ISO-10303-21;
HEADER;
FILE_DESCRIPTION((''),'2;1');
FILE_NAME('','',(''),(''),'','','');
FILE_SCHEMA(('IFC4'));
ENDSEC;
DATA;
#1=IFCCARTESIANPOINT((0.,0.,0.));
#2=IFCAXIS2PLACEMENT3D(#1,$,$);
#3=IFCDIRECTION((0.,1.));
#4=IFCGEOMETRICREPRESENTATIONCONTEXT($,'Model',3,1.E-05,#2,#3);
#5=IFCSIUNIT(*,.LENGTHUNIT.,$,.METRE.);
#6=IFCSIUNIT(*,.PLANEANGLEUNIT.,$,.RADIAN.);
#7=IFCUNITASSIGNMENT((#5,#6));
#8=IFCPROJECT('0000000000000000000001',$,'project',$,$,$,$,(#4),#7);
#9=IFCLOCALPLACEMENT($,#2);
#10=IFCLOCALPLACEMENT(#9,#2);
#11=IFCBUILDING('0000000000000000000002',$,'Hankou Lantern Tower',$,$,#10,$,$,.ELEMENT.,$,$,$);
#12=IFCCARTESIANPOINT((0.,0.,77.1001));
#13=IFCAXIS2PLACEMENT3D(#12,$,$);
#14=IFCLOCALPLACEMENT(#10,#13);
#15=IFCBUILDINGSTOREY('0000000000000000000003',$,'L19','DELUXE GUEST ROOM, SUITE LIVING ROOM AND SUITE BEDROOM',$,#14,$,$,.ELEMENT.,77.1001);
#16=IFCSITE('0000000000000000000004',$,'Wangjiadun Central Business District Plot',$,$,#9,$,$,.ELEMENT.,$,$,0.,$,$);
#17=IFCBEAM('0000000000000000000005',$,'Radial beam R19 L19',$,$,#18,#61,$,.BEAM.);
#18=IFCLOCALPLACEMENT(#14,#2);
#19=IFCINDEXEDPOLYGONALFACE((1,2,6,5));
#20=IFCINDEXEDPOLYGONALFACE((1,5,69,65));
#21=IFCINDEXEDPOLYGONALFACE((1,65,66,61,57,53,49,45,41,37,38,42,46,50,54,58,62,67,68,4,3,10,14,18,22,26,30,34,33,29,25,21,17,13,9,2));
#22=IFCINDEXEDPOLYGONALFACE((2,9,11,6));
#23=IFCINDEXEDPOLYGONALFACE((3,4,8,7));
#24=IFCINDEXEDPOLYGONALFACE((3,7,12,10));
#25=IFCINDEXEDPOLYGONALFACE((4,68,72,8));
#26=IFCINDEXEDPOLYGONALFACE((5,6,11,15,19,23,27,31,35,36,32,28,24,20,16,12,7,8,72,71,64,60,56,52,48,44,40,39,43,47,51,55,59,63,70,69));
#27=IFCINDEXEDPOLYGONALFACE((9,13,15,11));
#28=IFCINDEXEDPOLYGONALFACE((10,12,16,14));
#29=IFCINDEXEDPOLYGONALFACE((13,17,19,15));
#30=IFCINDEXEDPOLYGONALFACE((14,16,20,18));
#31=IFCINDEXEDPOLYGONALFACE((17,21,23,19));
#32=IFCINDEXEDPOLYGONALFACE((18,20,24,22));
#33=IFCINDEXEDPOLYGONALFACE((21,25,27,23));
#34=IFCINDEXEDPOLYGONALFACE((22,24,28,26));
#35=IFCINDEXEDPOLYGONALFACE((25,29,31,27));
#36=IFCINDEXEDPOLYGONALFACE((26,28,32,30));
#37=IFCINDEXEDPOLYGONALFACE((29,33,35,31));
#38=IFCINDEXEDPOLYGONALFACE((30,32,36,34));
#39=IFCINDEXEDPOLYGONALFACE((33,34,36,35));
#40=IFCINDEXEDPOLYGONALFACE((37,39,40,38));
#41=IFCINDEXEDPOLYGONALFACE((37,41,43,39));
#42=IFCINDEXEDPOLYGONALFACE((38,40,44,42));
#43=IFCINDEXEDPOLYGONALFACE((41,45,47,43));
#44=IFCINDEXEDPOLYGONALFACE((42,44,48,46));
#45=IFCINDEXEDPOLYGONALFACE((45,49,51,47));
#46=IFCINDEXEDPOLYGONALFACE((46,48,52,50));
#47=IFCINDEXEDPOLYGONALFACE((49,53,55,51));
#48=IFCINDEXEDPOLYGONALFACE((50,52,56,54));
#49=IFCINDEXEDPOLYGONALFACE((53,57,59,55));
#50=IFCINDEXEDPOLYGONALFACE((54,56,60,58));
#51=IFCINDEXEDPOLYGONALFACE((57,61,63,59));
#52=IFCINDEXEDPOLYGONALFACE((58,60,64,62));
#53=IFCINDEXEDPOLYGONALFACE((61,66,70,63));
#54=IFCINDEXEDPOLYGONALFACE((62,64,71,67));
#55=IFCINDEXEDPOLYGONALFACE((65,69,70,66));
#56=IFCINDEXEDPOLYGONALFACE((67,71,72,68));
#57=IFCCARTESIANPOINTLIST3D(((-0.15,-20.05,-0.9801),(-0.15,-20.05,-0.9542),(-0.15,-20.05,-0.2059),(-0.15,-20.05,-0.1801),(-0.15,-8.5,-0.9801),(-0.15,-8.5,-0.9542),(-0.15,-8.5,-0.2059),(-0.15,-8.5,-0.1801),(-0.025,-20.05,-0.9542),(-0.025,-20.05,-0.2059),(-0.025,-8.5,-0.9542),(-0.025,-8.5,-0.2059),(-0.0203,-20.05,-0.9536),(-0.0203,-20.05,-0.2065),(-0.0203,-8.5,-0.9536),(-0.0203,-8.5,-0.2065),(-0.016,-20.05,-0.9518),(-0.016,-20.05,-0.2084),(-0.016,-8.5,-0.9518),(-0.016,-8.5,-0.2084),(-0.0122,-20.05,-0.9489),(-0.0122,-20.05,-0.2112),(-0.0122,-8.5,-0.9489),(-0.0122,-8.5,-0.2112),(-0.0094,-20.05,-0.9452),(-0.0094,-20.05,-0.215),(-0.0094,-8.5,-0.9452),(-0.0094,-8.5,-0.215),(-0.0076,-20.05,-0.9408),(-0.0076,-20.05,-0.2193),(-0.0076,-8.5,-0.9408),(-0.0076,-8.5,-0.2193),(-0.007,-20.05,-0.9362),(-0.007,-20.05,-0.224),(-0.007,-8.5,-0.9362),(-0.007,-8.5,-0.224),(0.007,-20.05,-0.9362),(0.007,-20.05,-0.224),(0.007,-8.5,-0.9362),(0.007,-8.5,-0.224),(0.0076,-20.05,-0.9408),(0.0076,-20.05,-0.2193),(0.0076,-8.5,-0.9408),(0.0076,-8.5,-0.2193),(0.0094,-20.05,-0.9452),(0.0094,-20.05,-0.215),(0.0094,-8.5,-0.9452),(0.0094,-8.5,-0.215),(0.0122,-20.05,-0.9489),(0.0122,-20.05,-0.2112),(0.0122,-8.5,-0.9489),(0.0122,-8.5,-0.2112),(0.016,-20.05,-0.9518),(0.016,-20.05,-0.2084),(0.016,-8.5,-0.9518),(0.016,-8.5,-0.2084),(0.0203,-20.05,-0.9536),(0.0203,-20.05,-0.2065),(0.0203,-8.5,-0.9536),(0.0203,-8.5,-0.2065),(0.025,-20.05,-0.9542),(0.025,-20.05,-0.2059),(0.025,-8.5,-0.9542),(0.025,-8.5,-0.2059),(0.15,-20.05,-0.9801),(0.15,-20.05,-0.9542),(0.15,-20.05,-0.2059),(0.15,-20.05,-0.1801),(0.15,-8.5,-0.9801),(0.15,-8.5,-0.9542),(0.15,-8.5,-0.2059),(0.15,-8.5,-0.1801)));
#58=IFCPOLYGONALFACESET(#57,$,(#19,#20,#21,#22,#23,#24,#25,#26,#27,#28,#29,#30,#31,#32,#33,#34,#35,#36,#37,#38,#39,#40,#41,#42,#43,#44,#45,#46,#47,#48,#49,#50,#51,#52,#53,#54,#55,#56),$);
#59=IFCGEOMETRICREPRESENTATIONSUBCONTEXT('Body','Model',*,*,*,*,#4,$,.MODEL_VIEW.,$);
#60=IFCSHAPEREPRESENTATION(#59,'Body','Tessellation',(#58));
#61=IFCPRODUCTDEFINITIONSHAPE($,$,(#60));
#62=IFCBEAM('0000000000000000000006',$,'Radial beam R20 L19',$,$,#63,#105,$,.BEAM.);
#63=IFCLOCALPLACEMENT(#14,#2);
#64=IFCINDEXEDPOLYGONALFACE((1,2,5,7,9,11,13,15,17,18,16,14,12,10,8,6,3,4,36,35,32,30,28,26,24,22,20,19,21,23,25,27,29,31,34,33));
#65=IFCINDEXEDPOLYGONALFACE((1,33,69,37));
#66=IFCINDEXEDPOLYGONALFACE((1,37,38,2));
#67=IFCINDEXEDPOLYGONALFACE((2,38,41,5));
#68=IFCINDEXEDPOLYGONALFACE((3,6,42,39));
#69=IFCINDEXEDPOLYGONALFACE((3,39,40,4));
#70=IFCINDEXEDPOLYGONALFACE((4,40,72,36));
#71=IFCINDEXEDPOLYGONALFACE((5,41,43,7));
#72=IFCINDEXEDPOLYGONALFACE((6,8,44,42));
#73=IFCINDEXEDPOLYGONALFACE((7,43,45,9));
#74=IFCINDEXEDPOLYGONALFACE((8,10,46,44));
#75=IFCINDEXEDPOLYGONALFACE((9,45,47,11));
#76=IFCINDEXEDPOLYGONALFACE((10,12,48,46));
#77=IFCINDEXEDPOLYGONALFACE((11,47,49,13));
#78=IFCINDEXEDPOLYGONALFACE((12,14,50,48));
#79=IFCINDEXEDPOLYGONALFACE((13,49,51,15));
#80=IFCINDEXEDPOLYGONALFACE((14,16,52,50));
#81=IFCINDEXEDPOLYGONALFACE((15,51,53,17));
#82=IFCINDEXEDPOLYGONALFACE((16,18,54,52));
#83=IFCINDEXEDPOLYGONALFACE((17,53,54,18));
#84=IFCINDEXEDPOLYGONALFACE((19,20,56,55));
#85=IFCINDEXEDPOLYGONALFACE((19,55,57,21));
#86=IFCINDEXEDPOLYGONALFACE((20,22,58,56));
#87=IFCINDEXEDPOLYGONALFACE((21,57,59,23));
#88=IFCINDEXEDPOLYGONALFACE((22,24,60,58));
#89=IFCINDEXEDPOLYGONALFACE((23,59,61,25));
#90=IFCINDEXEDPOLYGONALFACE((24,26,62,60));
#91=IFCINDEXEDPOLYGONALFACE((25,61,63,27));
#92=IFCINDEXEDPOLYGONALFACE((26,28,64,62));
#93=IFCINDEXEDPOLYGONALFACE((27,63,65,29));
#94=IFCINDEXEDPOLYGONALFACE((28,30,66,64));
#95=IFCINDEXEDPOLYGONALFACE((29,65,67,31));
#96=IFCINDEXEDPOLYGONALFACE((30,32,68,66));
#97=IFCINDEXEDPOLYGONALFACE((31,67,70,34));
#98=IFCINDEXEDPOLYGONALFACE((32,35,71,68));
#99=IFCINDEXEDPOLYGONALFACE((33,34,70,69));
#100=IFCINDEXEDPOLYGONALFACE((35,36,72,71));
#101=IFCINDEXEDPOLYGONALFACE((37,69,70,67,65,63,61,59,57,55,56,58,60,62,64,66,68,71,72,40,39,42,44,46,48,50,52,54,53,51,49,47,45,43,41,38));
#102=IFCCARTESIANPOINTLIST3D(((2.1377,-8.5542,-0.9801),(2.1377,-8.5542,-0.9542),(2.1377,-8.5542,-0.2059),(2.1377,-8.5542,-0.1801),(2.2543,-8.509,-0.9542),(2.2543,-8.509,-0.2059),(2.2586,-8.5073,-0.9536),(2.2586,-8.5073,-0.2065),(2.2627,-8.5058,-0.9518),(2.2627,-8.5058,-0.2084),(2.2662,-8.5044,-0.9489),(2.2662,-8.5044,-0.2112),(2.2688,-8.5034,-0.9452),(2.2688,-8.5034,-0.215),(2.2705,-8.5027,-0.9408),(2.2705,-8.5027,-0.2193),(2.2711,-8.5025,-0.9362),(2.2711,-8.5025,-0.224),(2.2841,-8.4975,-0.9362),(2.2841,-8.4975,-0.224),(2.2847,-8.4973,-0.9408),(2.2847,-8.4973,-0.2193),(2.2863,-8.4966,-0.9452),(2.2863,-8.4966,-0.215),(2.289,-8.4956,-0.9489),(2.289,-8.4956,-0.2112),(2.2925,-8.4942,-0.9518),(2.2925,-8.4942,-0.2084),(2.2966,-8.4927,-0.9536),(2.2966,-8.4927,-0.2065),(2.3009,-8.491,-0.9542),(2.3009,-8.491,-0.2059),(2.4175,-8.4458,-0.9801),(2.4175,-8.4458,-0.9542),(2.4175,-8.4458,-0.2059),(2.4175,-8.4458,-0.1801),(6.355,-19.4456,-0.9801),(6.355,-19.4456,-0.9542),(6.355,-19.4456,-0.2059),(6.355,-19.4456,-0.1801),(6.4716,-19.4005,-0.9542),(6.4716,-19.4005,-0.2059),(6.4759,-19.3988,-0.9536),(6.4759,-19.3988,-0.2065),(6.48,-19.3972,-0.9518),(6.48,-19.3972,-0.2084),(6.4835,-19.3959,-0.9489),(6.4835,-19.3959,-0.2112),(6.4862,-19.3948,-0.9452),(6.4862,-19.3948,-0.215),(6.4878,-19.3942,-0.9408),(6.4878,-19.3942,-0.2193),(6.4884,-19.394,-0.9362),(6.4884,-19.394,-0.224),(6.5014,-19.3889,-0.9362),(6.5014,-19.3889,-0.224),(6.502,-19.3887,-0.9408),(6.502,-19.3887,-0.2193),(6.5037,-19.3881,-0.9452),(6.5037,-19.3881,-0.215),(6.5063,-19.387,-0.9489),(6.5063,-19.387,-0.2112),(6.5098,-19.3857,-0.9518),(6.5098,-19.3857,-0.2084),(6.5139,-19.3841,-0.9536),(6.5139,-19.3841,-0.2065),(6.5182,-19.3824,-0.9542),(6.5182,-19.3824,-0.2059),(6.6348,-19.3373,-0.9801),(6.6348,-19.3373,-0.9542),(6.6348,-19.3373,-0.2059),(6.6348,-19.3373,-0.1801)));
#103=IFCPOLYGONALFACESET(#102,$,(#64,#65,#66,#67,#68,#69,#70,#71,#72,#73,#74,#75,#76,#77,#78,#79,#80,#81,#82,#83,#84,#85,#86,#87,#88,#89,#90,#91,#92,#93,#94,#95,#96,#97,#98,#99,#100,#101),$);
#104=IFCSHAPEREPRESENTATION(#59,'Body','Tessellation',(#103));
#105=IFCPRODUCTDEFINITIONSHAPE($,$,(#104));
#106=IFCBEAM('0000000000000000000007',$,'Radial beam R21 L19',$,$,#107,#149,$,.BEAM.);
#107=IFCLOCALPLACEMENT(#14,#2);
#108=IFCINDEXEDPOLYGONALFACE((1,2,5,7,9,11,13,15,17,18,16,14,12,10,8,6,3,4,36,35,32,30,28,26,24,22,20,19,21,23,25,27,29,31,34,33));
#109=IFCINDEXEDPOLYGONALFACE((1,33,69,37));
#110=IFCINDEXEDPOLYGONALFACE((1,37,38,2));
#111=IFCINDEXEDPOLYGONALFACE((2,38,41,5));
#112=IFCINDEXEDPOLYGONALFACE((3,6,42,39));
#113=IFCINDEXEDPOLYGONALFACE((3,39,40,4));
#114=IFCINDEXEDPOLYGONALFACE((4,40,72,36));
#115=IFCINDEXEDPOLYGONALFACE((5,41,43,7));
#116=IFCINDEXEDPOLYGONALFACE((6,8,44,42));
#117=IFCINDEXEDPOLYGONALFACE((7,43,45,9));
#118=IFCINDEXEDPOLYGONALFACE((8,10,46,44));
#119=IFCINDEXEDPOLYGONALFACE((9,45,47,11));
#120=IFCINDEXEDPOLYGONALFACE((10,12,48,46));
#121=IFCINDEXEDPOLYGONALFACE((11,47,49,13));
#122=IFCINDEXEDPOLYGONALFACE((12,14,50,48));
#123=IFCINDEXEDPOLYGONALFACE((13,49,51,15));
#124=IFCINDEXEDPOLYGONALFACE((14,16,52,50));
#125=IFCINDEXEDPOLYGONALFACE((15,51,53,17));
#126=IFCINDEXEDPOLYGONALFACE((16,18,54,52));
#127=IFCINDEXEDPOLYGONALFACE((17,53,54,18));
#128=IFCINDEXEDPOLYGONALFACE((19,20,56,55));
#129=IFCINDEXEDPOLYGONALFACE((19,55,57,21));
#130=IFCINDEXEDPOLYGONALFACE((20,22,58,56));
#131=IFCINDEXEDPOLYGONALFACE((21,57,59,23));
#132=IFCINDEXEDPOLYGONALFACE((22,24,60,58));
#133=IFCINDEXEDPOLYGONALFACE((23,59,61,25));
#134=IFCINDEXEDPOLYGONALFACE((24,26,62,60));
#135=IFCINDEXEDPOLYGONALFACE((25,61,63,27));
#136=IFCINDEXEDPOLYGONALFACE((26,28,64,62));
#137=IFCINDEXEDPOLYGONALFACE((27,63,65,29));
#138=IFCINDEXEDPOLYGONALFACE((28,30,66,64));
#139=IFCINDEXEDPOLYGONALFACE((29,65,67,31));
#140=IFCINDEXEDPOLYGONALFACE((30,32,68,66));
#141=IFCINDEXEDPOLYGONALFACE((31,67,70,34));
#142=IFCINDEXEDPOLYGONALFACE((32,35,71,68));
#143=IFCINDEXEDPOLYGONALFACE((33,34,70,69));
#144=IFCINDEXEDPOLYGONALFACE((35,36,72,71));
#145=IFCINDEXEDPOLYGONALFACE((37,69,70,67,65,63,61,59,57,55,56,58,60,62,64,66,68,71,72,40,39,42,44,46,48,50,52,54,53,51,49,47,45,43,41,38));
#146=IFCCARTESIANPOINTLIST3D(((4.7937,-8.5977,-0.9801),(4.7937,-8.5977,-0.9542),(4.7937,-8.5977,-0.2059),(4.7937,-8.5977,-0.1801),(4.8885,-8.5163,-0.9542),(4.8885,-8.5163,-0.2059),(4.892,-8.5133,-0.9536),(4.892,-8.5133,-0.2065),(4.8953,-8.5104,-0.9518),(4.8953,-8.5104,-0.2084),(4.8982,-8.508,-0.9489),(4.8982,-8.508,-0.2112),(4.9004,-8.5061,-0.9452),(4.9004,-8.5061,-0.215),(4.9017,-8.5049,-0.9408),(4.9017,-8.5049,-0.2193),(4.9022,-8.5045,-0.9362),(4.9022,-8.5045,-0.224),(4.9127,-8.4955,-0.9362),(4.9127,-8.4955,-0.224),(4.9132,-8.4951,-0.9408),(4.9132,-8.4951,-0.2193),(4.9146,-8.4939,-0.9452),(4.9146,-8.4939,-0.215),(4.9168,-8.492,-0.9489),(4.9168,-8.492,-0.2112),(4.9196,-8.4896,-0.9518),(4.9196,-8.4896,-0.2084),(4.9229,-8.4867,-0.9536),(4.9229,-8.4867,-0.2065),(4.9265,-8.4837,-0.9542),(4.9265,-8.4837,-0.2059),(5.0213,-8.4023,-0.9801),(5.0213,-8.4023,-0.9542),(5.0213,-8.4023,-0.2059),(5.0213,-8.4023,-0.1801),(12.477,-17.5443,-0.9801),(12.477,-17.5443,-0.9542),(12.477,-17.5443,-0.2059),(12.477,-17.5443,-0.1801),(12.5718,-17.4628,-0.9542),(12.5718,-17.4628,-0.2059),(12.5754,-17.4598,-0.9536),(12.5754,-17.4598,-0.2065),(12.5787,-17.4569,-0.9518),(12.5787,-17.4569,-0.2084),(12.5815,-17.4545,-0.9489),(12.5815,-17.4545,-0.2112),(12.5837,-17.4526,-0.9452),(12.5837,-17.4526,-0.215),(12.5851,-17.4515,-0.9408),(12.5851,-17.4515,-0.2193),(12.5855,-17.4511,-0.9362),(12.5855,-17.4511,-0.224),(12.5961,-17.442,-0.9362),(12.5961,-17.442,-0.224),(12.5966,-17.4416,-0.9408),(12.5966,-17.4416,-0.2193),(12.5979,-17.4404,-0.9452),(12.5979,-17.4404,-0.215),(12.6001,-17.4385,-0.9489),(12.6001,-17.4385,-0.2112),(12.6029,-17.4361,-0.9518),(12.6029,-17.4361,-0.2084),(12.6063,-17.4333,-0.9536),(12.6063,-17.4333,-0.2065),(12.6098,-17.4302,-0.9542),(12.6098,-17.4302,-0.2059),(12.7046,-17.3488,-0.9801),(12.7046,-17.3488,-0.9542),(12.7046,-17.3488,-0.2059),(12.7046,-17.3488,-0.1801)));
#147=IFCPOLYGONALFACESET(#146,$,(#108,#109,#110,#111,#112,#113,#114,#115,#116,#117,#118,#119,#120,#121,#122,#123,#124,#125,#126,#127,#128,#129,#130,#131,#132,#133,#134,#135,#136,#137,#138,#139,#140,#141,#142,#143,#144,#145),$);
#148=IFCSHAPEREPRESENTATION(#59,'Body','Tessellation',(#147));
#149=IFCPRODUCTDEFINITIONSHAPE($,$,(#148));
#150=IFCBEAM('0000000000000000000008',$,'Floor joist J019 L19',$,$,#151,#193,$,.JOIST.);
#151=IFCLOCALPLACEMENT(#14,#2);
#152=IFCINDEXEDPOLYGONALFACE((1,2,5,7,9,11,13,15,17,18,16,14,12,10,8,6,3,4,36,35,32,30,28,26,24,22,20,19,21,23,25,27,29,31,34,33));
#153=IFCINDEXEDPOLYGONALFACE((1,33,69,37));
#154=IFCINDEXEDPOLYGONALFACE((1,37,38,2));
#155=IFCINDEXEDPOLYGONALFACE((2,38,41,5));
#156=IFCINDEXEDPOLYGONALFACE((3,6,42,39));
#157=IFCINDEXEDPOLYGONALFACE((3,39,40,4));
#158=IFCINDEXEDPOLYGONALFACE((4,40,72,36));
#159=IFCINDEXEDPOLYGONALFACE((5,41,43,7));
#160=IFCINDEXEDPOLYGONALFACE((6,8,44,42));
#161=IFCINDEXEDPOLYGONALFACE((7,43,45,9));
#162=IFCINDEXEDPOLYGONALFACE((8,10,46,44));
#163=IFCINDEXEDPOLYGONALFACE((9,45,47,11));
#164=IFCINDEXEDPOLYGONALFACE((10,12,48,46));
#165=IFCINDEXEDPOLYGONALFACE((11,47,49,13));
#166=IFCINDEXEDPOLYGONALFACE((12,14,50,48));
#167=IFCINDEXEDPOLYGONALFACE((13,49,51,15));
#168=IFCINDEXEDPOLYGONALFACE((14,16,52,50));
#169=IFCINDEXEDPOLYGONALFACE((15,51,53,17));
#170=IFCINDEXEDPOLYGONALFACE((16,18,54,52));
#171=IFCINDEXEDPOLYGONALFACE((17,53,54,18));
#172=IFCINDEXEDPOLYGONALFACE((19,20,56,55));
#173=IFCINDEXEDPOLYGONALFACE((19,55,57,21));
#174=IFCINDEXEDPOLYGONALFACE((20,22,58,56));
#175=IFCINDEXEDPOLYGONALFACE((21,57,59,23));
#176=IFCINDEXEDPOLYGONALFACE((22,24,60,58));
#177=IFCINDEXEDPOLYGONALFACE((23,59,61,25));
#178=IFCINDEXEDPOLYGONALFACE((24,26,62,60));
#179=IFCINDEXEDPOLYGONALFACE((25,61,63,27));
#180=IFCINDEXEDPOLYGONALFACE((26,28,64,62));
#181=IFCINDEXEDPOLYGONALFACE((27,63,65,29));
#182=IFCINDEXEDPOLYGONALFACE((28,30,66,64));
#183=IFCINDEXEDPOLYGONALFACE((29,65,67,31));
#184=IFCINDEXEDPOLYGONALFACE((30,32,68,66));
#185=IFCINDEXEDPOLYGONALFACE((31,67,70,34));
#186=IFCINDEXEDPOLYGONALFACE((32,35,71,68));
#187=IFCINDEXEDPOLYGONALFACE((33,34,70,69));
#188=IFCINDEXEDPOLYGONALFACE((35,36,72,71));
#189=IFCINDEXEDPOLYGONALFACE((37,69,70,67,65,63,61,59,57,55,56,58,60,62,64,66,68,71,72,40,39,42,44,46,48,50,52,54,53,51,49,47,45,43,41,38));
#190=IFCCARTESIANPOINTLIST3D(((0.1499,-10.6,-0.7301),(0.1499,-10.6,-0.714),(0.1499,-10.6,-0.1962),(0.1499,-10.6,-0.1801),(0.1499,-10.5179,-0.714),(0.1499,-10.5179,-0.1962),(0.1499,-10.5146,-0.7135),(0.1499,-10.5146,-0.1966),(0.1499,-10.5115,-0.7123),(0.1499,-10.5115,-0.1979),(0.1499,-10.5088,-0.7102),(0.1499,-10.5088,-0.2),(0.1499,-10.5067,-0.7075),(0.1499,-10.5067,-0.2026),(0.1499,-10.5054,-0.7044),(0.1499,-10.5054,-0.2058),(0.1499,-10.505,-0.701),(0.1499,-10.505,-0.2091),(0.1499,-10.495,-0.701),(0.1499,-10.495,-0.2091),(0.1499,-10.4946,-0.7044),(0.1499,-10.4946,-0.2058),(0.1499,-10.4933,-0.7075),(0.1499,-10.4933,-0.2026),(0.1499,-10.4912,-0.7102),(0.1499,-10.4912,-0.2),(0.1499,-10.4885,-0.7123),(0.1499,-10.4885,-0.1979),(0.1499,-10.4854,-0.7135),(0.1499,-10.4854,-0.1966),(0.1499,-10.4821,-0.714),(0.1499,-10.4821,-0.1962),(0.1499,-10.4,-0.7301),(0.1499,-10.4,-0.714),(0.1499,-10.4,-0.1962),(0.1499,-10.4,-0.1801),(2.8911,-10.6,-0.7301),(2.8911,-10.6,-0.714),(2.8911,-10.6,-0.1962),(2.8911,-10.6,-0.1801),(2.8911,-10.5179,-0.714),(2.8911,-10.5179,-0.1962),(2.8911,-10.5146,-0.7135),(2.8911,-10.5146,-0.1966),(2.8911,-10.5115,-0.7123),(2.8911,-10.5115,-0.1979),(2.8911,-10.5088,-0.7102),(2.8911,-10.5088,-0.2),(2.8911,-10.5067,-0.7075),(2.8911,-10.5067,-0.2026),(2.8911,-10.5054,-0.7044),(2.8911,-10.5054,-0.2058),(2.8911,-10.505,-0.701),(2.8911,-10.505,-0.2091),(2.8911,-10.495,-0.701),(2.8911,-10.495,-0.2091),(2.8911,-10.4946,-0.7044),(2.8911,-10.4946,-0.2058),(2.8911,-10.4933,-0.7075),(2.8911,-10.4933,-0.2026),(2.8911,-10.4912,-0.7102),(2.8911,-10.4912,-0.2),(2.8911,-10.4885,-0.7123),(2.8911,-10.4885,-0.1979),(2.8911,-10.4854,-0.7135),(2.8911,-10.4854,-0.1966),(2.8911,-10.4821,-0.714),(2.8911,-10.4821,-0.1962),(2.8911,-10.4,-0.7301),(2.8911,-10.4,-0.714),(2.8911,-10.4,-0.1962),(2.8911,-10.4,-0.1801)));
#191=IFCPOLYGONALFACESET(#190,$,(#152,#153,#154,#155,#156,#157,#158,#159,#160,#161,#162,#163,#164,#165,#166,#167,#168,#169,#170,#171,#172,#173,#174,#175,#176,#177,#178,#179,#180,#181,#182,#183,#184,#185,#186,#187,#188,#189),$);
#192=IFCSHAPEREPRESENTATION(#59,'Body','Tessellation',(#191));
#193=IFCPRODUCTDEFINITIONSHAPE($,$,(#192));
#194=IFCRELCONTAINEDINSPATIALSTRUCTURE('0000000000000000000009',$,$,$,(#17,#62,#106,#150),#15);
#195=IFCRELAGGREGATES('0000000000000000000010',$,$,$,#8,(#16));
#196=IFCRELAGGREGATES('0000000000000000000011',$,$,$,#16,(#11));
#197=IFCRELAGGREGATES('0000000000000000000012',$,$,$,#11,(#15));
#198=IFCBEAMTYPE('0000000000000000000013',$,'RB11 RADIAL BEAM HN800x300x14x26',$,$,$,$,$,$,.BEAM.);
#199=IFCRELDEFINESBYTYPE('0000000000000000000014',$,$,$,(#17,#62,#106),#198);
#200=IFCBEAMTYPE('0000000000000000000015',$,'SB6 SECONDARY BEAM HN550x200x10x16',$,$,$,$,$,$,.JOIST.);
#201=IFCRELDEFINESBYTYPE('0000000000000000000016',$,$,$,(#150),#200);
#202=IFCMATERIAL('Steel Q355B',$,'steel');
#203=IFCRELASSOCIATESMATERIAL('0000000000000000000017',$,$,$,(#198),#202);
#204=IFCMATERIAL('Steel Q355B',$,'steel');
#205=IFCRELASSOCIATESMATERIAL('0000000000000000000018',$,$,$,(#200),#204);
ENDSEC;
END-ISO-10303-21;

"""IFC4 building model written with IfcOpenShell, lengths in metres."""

from ifc_helpers import new_model, si_unit, direction, frame, origin, origin_2d, place, context, subcontext, project, spatial, i_section, extrude, material, material_profile, profile_set, type_object, element, save


model = new_model("IFC4")

# Units and contexts
model_context = context("Model", 3, precision=1e-05, world=origin(), true_north=direction((0.0, 1.0)))
body_context = subcontext(model_context, "Body", "Model", "MODEL_VIEW")
ifc_project = project(units=[si_unit("LENGTHUNIT", "METRE"), si_unit("PLANEANGLEUNIT", "RADIAN")], contexts=[model_context])

# Site, building, storey
site_placement = place(None, origin())
site = spatial("IfcSite", under=ifc_project, at=site_placement, Name="Wangjiadun Central Business District Plot", CompositionType="ELEMENT", RefElevation=0.0)
building_placement = place(site_placement, origin())
building = spatial("IfcBuilding", under=site, at=building_placement, Name="Hankou Lantern Tower", CompositionType="ELEMENT")
storey_placement = place(building_placement, frame((0.0, 0.0, 77.1001)))
storey = spatial("IfcBuildingStorey", under=building, at=storey_placement, Name="L19", Description="DELUXE GUEST ROOM, SUITE LIVING ROOM AND SUITE BEDROOM", CompositionType="ELEMENT", Elevation=77.1001)

# Beams
ifc_material_1 = material(Name="Steel Q355B", Category="steel")
ifc_material_profile_1 = material_profile(ifc_material_1, i_section(OverallWidth=0.3, OverallDepth=0.8, WebThickness=0.0139, FlangeThickness=0.0259, FilletRadius=0.0181, at=origin_2d()), Name="HN800x300x14x26")
ifc_profile_set_1 = profile_set([ifc_material_profile_1], Name="Steel Q355B")
beam_type_1 = type_object("IfcBeamType", Name="RB11 RADIAL BEAM HN800x300x14x26", PredefinedType="BEAM", material=ifc_profile_set_1)
beam_1_placement = place(storey_placement, frame((0.0, -8.5, -0.5801), z_axis=(0.0, -1.0, 0.0), x_axis=(1.0, 0.0, 0.0)))
element("IfcBeam", 1, at=beam_1_placement, inside=storey, type_object=beam_type_1, Name="Radial beam R19 L19", PredefinedType="BEAM", context=body_context, shape_type="SweptSolid", body=[
    extrude(i_section(OverallWidth=0.3, OverallDepth=0.8, WebThickness=0.0139, FlangeThickness=0.0259, FilletRadius=0.0181, at=origin_2d()), origin(), (0.0, 0.0, 1.0), 11.55),
])
beam_2_placement = place(storey_placement, frame((2.2776, -8.5, -0.5801), z_axis=(0.361089, -0.932531, 0.0), x_axis=(0.932531, 0.361089, 0.0)))
element("IfcBeam", 2, at=beam_2_placement, inside=storey, type_object=beam_type_1, Name="Radial beam R20 L19", PredefinedType="BEAM", context=body_context, shape_type="SweptSolid", body=[
    extrude(i_section(OverallWidth=0.3, OverallDepth=0.8, WebThickness=0.0139, FlangeThickness=0.0259, FilletRadius=0.0181, at=origin_2d()), origin(), (0.0, 0.0, 1.0), 11.6794),
])
beam_3_placement = place(storey_placement, frame((4.9075, -8.5, -0.5801), z_axis=(0.651519, -0.758632, 0.0), x_axis=(0.758632, 0.651519, 0.0)))
element("IfcBeam", 3, at=beam_3_placement, inside=storey, type_object=beam_type_1, Name="Radial beam R21 L19", PredefinedType="BEAM", context=body_context, shape_type="SweptSolid", body=[
    extrude(i_section(OverallWidth=0.3, OverallDepth=0.8, WebThickness=0.0139, FlangeThickness=0.0259, FilletRadius=0.0181, at=origin_2d()), origin(), (0.0, 0.0, 1.0), 11.793),
])
ifc_material_2 = material(Name="Steel Q355B", Category="steel")
ifc_material_profile_2 = material_profile(ifc_material_2, i_section(OverallWidth=0.2, OverallDepth=0.55, WebThickness=0.01, FlangeThickness=0.0161, FilletRadius=0.0129, at=origin_2d()), Name="HN550x200x10x16")
ifc_profile_set_2 = profile_set([ifc_material_profile_2], Name="Steel Q355B")
beam_type_2 = type_object("IfcBeamType", Name="SB6 SECONDARY BEAM HN550x200x10x16", PredefinedType="JOIST", material=ifc_profile_set_2)
beam_4_placement = place(storey_placement, frame((0.1499, -10.5, -0.4551), z_axis=(1.0, 0.0, 0.0), x_axis=(0.0, 1.0, 0.0)))
element("IfcBeam", 4, at=beam_4_placement, inside=storey, type_object=beam_type_2, Name="Floor joist J019 L19", PredefinedType="JOIST", context=body_context, shape_type="SweptSolid", body=[
    extrude(i_section(OverallWidth=0.2, OverallDepth=0.55, WebThickness=0.01, FlangeThickness=0.0161, FilletRadius=0.0129, at=origin_2d()), origin(), (0.0, 0.0, 1.0), 2.7412),
])

save(model, "model.ifc")
